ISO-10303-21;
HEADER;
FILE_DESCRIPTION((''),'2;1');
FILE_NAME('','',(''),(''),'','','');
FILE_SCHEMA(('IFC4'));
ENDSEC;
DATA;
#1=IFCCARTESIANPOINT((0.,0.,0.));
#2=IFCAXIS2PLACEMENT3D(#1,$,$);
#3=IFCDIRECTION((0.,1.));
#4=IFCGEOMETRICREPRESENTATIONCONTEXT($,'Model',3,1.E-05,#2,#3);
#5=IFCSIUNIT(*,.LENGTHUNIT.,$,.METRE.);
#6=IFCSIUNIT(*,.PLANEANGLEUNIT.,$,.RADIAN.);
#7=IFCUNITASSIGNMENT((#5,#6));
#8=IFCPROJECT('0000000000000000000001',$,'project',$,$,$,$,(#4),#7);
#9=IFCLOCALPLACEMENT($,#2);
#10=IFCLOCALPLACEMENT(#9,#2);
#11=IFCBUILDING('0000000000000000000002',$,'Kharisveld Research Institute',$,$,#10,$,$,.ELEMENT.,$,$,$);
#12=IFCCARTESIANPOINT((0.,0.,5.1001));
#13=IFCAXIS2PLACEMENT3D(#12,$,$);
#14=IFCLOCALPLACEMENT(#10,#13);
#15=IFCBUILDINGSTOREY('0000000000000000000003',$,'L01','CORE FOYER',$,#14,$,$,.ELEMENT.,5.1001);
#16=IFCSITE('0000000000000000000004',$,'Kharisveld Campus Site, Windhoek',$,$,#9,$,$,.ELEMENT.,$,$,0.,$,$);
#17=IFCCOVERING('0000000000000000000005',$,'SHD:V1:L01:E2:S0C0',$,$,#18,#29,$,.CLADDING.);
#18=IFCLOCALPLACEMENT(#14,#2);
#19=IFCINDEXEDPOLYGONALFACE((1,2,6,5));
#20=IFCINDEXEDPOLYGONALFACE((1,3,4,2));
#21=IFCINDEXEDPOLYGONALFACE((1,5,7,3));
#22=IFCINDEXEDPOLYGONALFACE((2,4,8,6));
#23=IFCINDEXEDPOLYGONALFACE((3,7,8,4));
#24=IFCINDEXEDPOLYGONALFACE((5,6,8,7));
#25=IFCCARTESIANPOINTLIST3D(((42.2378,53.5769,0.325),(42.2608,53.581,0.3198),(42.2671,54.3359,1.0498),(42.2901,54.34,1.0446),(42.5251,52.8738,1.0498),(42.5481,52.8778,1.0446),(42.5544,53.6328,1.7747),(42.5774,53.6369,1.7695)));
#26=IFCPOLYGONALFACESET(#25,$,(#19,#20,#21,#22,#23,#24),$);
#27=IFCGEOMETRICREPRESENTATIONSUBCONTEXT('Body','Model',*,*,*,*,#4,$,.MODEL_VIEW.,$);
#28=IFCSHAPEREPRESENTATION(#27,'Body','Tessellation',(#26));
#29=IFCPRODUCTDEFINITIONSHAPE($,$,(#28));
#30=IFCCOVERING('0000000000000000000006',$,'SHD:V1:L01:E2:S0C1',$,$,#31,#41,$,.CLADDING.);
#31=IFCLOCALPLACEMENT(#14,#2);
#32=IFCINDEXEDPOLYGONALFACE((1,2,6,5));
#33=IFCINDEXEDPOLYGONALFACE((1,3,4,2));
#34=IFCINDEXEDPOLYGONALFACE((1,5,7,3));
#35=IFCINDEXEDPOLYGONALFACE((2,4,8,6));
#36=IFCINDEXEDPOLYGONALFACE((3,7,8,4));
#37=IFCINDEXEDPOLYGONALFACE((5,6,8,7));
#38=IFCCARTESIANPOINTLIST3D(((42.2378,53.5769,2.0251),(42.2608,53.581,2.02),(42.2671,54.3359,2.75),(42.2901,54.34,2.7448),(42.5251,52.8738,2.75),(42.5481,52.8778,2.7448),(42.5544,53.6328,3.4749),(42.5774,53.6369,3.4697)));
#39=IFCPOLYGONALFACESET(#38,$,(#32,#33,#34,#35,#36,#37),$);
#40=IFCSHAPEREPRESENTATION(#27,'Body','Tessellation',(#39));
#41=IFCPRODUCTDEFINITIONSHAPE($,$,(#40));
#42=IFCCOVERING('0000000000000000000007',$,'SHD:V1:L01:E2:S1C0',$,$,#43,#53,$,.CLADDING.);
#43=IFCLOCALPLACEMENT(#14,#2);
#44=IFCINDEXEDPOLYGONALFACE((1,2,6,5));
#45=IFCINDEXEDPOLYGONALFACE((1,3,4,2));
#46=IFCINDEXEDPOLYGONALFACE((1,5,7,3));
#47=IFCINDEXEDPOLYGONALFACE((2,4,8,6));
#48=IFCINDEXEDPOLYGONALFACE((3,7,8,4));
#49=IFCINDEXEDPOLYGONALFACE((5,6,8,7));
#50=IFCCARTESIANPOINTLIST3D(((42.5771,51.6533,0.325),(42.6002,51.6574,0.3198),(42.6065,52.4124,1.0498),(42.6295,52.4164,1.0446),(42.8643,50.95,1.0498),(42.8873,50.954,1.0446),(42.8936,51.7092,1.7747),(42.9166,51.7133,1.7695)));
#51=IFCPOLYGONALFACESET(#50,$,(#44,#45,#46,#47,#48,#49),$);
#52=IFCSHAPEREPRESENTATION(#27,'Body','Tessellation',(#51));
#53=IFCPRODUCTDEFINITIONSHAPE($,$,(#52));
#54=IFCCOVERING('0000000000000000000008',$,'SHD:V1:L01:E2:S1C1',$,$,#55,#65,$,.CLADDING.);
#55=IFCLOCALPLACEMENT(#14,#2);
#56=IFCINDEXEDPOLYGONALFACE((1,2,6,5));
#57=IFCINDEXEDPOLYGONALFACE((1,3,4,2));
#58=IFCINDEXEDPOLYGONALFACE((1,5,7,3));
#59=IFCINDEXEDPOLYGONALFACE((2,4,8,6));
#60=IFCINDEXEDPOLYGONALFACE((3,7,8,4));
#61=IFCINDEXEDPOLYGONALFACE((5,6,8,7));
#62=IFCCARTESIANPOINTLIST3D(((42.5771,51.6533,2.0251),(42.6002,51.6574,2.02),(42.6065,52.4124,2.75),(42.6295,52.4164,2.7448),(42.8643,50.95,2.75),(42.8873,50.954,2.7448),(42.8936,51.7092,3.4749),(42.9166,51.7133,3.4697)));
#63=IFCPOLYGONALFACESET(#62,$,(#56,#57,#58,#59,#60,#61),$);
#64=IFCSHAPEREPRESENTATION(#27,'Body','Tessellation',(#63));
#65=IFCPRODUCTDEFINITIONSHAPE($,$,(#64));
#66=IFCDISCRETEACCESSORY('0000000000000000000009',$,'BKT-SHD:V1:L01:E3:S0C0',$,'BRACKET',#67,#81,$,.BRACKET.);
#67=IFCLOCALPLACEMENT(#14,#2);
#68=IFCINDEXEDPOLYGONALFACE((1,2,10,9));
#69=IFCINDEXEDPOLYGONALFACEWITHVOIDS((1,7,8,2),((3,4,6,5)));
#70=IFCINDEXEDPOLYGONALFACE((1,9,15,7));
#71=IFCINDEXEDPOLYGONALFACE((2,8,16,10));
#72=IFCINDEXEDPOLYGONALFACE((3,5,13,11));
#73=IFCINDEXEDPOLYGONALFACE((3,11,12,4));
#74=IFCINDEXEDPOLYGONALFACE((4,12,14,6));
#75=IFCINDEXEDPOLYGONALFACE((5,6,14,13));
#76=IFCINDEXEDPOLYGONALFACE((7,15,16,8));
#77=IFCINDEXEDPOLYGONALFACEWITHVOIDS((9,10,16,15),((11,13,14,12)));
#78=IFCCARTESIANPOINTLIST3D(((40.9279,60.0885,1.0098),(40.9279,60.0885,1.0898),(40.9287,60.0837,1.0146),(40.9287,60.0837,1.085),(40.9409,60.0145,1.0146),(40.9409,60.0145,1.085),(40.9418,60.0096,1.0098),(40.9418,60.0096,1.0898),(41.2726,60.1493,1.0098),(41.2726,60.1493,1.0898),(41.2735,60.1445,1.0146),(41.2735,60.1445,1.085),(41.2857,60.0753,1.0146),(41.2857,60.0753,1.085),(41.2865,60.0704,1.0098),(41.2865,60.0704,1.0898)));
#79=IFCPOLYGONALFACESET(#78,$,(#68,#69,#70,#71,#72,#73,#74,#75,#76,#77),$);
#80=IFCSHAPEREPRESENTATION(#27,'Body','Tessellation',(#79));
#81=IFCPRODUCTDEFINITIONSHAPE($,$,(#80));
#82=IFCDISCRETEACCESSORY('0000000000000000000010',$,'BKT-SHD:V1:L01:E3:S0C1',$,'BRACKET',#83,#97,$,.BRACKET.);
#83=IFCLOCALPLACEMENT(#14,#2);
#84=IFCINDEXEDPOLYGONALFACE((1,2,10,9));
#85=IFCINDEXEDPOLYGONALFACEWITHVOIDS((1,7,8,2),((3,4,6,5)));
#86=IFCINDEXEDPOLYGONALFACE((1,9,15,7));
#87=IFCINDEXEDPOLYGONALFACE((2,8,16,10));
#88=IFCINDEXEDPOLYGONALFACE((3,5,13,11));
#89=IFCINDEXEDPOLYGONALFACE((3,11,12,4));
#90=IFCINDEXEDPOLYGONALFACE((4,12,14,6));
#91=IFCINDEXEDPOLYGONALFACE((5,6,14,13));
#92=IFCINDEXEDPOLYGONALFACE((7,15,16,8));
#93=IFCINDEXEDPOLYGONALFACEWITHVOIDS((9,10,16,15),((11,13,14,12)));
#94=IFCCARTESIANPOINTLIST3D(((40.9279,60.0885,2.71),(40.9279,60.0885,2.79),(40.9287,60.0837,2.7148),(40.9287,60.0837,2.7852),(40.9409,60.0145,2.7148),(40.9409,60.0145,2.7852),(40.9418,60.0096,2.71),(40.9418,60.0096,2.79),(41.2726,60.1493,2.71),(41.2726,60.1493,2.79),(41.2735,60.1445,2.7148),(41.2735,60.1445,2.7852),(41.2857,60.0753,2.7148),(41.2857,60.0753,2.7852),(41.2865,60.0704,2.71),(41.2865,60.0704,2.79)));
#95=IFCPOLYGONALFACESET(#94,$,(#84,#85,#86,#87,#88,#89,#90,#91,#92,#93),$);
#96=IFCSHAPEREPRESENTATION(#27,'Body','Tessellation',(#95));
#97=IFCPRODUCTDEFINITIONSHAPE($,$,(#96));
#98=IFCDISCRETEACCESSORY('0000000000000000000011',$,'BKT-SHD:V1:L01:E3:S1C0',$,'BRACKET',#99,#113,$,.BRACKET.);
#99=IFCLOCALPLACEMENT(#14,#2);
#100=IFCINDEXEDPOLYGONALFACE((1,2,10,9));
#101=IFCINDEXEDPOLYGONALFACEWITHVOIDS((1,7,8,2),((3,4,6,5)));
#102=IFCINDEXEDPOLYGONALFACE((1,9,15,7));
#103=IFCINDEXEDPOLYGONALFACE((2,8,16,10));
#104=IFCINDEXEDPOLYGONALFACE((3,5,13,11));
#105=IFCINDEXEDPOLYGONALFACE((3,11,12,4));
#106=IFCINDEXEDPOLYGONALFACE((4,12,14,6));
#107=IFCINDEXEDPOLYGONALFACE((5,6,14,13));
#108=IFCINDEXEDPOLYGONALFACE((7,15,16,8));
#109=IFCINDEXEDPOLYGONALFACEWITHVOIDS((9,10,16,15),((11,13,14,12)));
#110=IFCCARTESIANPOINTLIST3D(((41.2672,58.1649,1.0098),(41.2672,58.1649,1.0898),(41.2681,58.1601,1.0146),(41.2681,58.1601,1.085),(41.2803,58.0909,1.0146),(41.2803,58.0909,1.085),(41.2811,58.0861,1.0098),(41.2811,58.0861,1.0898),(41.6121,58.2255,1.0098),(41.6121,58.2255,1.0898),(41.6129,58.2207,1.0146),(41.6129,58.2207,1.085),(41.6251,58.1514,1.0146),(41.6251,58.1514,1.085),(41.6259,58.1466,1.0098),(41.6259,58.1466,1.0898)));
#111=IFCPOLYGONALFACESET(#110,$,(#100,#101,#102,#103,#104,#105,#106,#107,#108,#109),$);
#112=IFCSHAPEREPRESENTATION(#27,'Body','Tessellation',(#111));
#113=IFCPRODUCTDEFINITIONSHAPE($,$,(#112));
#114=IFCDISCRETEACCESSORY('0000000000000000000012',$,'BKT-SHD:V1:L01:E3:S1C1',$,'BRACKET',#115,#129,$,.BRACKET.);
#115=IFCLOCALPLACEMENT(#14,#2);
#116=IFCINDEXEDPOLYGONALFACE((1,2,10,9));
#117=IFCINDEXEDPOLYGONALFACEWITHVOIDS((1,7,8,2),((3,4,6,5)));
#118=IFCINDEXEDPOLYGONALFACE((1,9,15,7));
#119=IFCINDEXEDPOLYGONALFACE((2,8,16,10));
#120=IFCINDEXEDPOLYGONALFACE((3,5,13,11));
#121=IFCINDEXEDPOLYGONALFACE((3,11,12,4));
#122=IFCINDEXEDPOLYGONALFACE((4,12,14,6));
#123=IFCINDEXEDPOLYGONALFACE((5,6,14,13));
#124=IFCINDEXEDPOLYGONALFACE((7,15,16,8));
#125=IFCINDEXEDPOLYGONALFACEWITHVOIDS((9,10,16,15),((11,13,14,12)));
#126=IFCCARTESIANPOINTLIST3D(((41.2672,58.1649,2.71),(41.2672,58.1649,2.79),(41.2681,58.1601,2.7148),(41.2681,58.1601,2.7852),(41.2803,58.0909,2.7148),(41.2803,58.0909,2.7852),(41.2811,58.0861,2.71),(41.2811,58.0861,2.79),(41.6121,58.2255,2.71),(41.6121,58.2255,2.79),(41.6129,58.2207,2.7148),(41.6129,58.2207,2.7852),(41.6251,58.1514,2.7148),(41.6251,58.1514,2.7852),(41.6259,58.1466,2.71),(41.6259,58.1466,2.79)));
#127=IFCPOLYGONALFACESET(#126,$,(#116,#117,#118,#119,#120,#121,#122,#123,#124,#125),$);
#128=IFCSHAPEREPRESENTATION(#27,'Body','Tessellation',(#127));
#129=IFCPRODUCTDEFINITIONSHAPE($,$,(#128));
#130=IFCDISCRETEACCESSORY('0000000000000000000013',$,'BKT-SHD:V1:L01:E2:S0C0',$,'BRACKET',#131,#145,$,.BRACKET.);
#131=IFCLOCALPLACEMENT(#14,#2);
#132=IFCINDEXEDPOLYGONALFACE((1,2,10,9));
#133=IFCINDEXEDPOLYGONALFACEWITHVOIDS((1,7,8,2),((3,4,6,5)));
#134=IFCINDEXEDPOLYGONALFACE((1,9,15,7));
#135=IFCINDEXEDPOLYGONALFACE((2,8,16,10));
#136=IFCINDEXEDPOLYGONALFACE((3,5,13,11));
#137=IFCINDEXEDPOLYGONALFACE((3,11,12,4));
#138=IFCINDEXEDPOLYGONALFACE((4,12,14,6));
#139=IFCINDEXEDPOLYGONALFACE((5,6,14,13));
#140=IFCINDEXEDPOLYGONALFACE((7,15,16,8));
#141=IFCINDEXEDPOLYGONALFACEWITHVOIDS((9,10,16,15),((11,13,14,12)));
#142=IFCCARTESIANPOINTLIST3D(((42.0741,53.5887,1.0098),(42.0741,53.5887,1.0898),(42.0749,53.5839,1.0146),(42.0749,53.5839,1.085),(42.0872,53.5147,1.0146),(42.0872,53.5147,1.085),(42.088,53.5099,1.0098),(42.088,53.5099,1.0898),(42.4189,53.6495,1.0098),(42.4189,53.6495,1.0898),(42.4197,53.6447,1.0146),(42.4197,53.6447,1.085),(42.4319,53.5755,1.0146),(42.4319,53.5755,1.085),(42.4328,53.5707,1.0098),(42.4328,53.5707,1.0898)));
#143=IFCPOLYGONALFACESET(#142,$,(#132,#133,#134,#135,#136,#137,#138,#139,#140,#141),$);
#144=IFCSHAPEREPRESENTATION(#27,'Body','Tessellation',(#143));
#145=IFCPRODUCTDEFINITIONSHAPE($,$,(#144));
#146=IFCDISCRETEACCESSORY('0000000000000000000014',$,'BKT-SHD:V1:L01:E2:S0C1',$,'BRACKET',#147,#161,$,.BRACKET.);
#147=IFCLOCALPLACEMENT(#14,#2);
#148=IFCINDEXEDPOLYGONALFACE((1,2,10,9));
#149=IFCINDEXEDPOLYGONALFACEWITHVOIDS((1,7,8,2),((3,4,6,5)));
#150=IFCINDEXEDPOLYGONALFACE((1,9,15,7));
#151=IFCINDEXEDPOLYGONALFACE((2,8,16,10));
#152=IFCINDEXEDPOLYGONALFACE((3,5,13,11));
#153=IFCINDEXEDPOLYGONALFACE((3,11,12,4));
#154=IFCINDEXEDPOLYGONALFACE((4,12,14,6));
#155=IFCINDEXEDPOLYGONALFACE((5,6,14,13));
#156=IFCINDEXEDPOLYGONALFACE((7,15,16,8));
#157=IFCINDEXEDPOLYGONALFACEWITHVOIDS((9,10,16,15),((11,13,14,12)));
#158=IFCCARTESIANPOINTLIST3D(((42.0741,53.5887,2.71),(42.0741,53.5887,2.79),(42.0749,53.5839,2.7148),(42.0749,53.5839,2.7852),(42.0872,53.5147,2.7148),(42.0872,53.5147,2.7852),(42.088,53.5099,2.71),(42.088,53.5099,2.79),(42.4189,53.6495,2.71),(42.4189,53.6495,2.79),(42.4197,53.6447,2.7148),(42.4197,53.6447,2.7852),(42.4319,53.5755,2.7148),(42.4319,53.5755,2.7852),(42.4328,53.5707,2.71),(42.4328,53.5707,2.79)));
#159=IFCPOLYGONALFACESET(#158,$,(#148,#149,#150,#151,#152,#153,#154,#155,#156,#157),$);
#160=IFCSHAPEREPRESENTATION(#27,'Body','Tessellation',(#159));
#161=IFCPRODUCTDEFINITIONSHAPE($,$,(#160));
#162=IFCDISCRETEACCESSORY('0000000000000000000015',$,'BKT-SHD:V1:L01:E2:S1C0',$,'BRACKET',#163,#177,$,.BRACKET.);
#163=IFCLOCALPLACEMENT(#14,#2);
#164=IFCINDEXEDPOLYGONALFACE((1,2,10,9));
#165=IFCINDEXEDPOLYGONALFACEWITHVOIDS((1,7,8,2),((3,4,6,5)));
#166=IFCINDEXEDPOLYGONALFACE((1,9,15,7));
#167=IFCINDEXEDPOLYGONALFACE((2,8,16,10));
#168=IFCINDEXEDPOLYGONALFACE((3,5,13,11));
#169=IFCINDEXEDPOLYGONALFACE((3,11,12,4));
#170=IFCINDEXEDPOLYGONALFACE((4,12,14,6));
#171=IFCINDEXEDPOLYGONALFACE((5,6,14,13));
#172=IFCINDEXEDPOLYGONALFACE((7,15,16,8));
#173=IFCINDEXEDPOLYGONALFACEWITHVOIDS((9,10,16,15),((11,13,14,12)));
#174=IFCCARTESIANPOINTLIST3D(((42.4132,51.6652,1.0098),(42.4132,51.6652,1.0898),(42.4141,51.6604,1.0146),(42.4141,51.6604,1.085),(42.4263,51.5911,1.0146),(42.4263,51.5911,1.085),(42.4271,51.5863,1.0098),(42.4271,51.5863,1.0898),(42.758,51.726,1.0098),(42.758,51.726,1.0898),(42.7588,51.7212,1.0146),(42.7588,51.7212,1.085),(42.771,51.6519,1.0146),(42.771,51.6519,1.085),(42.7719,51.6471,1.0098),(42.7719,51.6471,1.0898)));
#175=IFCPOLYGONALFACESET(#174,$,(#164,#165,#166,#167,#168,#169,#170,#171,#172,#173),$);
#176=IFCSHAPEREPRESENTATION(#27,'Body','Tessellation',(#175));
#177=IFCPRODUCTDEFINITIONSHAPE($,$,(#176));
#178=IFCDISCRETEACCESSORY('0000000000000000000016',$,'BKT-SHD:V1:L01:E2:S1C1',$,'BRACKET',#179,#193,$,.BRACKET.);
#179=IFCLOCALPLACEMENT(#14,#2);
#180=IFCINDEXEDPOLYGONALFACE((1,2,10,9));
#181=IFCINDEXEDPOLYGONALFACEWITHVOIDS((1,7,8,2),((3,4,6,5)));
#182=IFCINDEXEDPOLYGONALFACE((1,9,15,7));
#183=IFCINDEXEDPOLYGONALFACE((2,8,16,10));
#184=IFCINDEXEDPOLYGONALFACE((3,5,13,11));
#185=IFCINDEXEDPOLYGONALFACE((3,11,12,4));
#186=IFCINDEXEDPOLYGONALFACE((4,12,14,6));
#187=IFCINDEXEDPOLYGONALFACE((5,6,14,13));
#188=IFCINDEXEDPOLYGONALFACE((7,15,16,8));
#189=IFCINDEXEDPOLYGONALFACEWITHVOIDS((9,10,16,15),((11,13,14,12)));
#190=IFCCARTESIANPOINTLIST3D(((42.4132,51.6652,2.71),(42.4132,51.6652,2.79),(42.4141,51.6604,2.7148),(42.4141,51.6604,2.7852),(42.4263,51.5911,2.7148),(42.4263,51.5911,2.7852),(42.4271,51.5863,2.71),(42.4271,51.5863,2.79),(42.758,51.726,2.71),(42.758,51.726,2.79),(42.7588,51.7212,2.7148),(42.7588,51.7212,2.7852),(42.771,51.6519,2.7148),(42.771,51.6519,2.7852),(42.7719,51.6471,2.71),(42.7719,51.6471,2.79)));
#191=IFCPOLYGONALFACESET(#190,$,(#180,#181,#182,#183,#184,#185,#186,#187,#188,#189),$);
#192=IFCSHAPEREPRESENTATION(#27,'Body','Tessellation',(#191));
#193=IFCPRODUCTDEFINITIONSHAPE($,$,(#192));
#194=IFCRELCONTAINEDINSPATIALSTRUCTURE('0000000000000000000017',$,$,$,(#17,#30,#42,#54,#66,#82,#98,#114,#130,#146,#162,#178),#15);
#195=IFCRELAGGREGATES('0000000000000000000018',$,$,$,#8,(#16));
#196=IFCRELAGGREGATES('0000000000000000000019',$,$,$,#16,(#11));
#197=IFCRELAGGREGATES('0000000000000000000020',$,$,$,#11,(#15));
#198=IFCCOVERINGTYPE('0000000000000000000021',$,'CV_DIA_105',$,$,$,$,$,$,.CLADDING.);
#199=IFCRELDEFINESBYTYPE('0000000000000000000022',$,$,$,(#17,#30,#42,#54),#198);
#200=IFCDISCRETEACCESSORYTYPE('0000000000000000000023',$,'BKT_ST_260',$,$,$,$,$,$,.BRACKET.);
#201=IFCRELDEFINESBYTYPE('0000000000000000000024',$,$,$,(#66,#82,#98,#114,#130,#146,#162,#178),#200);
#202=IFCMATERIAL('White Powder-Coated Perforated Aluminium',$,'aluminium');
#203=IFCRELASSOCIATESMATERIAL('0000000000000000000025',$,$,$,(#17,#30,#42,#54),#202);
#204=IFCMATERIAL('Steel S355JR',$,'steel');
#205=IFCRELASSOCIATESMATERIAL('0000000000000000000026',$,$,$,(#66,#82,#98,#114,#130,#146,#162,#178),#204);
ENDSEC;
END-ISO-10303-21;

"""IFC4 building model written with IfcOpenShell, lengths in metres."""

from ifc_helpers import new_model, si_unit, direction, frame, origin, origin_2d, place, context, subcontext, project, spatial, polyline, hollow_rectangle, outline, extrude, material, type_object, element, save


model = new_model("IFC4")

# Units and contexts
model_context = context("Model", 3, precision=1e-05, world=origin(), true_north=direction((0.0, 1.0)))
body_context = subcontext(model_context, "Body", "Model", "MODEL_VIEW")
ifc_project = project(units=[si_unit("LENGTHUNIT", "METRE"), si_unit("PLANEANGLEUNIT", "RADIAN")], contexts=[model_context])

# Site, building, storey
site_placement = place(None, origin())
site = spatial("IfcSite", under=ifc_project, at=site_placement, Name="Kharisveld Campus Site, Windhoek", CompositionType="ELEMENT", RefElevation=0.0)
building_placement = place(site_placement, origin())
building = spatial("IfcBuilding", under=site, at=building_placement, Name="Kharisveld Research Institute", CompositionType="ELEMENT")
storey_placement = place(building_placement, frame((0.0, 0.0, 5.1001)))
storey = spatial("IfcBuildingStorey", under=building, at=storey_placement, Name="L01", Description="CORE FOYER", CompositionType="ELEMENT", Elevation=5.1001)

# Coverings
ifc_material_1 = material(Name="White Powder-Coated Perforated Aluminium", Category="aluminium")
covering_type = type_object("IfcCoveringType", Name="CV_DIA_105", PredefinedType="CLADDING")
for number, where, z_axis, x_axis, name in (
    (1, (42.2378, 53.5769, 0.325), (-0.961415, -0.16968, 0.21654), (0.273686, -0.669683, 0.690378), "SHD:V1:L01:E2:S0C0"),
    (2, (42.2378, 53.5769, 2.0251), (-0.961415, -0.16968, 0.21654), (0.273686, -0.669683, 0.690378), "SHD:V1:L01:E2:S0C1"),
):
    element("IfcCovering", number, at=place(storey_placement, frame(where, z_axis=z_axis, x_axis=x_axis)), inside=storey, type_object=covering_type, material=ifc_material_1, Name=name, PredefinedType="CLADDING", context=body_context, shape_type="SweptSolid", body=[
        extrude(outline(polyline([(0.0, 0.0), (1.0499, 0.0), (1.0501, 1.05), (0.0001, 1.05), (0.0, 0.0)])), origin(), (0.0, 0.0, -1.0), 0.0239),
    ])
for number, where, z_axis, x_axis, name in (
    (3, (42.5771, 51.6533, 0.325), (-0.961481, -0.169503, 0.216385), (0.273447, -0.66985, 0.69031), "SHD:V1:L01:E2:S1C0"),
    (4, (42.5771, 51.6533, 2.0251), (-0.961481, -0.169503, 0.216385), (0.273447, -0.66985, 0.69031), "SHD:V1:L01:E2:S1C1"),
):
    element("IfcCovering", number, at=place(storey_placement, frame(where, z_axis=z_axis, x_axis=x_axis)), inside=storey, type_object=covering_type, material=ifc_material_1, Name=name, PredefinedType="CLADDING", context=body_context, shape_type="SweptSolid", body=[
        extrude(outline(polyline([(0.0, 0.0), (1.05, 0.0), (1.0498, 1.0501), (-0.0001, 1.05), (0.0, 0.0)])), origin(), (0.0, 0.0, -1.0), 0.0239),
    ])

# Discrete accessories
ifc_material_2 = material(Name="Steel S355JR", Category="steel")
discrete_accessory_type = type_object("IfcDiscreteAccessoryType", Name="BKT_ST_260", PredefinedType="BRACKET")
for number, where, z_axis, x_axis, name in (
    (5, (40.9348, 60.0491, 1.0498), (0.984805, 0.173666, 0.0), (-0.173666, 0.984805, 0.0), "BKT-SHD:V1:L01:E3:S0C0"),
    (6, (40.9348, 60.0491, 2.75), (0.984805, 0.173666, 0.0), (-0.173666, 0.984805, 0.0), "BKT-SHD:V1:L01:E3:S0C1"),
    (7, (41.2742, 58.1255, 1.0498), (0.984924, 0.172989, 0.0), (-0.172989, 0.984924, 0.0), "BKT-SHD:V1:L01:E3:S1C0"),
    (8, (41.2742, 58.1255, 2.75), (0.984924, 0.172989, 0.0), (-0.172989, 0.984924, 0.0), "BKT-SHD:V1:L01:E3:S1C1"),
    (9, (42.0811, 53.5493, 1.0498), (0.984805, 0.173666, 0.0), (-0.173666, 0.984805, 0.0), "BKT-SHD:V1:L01:E2:S0C0"),
    (10, (42.0811, 53.5493, 2.75), (0.984805, 0.173666, 0.0), (-0.173666, 0.984805, 0.0), "BKT-SHD:V1:L01:E2:S0C1"),
    (11, (42.4202, 51.6257, 1.0498), (0.984805, 0.173666, 0.0), (-0.173666, 0.984805, 0.0), "BKT-SHD:V1:L01:E2:S1C0"),
    (12, (42.4202, 51.6257, 2.75), (0.984805, 0.173666, 0.0), (-0.173666, 0.984805, 0.0), "BKT-SHD:V1:L01:E2:S1C1"),
):
    element("IfcDiscreteAccessory", number, at=place(storey_placement, frame(where, z_axis=z_axis, x_axis=x_axis)), inside=storey, type_object=discrete_accessory_type, material=ifc_material_2, Name=name, ObjectType="BRACKET", PredefinedType="BRACKET", context=body_context, shape_type="SweptSolid", body=[
        extrude(hollow_rectangle(XDim=0.0801, YDim=0.0801, WallThickness=0.0049, at=origin_2d()), origin(), (0.0, 0.0, 1.0), 0.3501),
    ])

save(model, "model.ifc")
